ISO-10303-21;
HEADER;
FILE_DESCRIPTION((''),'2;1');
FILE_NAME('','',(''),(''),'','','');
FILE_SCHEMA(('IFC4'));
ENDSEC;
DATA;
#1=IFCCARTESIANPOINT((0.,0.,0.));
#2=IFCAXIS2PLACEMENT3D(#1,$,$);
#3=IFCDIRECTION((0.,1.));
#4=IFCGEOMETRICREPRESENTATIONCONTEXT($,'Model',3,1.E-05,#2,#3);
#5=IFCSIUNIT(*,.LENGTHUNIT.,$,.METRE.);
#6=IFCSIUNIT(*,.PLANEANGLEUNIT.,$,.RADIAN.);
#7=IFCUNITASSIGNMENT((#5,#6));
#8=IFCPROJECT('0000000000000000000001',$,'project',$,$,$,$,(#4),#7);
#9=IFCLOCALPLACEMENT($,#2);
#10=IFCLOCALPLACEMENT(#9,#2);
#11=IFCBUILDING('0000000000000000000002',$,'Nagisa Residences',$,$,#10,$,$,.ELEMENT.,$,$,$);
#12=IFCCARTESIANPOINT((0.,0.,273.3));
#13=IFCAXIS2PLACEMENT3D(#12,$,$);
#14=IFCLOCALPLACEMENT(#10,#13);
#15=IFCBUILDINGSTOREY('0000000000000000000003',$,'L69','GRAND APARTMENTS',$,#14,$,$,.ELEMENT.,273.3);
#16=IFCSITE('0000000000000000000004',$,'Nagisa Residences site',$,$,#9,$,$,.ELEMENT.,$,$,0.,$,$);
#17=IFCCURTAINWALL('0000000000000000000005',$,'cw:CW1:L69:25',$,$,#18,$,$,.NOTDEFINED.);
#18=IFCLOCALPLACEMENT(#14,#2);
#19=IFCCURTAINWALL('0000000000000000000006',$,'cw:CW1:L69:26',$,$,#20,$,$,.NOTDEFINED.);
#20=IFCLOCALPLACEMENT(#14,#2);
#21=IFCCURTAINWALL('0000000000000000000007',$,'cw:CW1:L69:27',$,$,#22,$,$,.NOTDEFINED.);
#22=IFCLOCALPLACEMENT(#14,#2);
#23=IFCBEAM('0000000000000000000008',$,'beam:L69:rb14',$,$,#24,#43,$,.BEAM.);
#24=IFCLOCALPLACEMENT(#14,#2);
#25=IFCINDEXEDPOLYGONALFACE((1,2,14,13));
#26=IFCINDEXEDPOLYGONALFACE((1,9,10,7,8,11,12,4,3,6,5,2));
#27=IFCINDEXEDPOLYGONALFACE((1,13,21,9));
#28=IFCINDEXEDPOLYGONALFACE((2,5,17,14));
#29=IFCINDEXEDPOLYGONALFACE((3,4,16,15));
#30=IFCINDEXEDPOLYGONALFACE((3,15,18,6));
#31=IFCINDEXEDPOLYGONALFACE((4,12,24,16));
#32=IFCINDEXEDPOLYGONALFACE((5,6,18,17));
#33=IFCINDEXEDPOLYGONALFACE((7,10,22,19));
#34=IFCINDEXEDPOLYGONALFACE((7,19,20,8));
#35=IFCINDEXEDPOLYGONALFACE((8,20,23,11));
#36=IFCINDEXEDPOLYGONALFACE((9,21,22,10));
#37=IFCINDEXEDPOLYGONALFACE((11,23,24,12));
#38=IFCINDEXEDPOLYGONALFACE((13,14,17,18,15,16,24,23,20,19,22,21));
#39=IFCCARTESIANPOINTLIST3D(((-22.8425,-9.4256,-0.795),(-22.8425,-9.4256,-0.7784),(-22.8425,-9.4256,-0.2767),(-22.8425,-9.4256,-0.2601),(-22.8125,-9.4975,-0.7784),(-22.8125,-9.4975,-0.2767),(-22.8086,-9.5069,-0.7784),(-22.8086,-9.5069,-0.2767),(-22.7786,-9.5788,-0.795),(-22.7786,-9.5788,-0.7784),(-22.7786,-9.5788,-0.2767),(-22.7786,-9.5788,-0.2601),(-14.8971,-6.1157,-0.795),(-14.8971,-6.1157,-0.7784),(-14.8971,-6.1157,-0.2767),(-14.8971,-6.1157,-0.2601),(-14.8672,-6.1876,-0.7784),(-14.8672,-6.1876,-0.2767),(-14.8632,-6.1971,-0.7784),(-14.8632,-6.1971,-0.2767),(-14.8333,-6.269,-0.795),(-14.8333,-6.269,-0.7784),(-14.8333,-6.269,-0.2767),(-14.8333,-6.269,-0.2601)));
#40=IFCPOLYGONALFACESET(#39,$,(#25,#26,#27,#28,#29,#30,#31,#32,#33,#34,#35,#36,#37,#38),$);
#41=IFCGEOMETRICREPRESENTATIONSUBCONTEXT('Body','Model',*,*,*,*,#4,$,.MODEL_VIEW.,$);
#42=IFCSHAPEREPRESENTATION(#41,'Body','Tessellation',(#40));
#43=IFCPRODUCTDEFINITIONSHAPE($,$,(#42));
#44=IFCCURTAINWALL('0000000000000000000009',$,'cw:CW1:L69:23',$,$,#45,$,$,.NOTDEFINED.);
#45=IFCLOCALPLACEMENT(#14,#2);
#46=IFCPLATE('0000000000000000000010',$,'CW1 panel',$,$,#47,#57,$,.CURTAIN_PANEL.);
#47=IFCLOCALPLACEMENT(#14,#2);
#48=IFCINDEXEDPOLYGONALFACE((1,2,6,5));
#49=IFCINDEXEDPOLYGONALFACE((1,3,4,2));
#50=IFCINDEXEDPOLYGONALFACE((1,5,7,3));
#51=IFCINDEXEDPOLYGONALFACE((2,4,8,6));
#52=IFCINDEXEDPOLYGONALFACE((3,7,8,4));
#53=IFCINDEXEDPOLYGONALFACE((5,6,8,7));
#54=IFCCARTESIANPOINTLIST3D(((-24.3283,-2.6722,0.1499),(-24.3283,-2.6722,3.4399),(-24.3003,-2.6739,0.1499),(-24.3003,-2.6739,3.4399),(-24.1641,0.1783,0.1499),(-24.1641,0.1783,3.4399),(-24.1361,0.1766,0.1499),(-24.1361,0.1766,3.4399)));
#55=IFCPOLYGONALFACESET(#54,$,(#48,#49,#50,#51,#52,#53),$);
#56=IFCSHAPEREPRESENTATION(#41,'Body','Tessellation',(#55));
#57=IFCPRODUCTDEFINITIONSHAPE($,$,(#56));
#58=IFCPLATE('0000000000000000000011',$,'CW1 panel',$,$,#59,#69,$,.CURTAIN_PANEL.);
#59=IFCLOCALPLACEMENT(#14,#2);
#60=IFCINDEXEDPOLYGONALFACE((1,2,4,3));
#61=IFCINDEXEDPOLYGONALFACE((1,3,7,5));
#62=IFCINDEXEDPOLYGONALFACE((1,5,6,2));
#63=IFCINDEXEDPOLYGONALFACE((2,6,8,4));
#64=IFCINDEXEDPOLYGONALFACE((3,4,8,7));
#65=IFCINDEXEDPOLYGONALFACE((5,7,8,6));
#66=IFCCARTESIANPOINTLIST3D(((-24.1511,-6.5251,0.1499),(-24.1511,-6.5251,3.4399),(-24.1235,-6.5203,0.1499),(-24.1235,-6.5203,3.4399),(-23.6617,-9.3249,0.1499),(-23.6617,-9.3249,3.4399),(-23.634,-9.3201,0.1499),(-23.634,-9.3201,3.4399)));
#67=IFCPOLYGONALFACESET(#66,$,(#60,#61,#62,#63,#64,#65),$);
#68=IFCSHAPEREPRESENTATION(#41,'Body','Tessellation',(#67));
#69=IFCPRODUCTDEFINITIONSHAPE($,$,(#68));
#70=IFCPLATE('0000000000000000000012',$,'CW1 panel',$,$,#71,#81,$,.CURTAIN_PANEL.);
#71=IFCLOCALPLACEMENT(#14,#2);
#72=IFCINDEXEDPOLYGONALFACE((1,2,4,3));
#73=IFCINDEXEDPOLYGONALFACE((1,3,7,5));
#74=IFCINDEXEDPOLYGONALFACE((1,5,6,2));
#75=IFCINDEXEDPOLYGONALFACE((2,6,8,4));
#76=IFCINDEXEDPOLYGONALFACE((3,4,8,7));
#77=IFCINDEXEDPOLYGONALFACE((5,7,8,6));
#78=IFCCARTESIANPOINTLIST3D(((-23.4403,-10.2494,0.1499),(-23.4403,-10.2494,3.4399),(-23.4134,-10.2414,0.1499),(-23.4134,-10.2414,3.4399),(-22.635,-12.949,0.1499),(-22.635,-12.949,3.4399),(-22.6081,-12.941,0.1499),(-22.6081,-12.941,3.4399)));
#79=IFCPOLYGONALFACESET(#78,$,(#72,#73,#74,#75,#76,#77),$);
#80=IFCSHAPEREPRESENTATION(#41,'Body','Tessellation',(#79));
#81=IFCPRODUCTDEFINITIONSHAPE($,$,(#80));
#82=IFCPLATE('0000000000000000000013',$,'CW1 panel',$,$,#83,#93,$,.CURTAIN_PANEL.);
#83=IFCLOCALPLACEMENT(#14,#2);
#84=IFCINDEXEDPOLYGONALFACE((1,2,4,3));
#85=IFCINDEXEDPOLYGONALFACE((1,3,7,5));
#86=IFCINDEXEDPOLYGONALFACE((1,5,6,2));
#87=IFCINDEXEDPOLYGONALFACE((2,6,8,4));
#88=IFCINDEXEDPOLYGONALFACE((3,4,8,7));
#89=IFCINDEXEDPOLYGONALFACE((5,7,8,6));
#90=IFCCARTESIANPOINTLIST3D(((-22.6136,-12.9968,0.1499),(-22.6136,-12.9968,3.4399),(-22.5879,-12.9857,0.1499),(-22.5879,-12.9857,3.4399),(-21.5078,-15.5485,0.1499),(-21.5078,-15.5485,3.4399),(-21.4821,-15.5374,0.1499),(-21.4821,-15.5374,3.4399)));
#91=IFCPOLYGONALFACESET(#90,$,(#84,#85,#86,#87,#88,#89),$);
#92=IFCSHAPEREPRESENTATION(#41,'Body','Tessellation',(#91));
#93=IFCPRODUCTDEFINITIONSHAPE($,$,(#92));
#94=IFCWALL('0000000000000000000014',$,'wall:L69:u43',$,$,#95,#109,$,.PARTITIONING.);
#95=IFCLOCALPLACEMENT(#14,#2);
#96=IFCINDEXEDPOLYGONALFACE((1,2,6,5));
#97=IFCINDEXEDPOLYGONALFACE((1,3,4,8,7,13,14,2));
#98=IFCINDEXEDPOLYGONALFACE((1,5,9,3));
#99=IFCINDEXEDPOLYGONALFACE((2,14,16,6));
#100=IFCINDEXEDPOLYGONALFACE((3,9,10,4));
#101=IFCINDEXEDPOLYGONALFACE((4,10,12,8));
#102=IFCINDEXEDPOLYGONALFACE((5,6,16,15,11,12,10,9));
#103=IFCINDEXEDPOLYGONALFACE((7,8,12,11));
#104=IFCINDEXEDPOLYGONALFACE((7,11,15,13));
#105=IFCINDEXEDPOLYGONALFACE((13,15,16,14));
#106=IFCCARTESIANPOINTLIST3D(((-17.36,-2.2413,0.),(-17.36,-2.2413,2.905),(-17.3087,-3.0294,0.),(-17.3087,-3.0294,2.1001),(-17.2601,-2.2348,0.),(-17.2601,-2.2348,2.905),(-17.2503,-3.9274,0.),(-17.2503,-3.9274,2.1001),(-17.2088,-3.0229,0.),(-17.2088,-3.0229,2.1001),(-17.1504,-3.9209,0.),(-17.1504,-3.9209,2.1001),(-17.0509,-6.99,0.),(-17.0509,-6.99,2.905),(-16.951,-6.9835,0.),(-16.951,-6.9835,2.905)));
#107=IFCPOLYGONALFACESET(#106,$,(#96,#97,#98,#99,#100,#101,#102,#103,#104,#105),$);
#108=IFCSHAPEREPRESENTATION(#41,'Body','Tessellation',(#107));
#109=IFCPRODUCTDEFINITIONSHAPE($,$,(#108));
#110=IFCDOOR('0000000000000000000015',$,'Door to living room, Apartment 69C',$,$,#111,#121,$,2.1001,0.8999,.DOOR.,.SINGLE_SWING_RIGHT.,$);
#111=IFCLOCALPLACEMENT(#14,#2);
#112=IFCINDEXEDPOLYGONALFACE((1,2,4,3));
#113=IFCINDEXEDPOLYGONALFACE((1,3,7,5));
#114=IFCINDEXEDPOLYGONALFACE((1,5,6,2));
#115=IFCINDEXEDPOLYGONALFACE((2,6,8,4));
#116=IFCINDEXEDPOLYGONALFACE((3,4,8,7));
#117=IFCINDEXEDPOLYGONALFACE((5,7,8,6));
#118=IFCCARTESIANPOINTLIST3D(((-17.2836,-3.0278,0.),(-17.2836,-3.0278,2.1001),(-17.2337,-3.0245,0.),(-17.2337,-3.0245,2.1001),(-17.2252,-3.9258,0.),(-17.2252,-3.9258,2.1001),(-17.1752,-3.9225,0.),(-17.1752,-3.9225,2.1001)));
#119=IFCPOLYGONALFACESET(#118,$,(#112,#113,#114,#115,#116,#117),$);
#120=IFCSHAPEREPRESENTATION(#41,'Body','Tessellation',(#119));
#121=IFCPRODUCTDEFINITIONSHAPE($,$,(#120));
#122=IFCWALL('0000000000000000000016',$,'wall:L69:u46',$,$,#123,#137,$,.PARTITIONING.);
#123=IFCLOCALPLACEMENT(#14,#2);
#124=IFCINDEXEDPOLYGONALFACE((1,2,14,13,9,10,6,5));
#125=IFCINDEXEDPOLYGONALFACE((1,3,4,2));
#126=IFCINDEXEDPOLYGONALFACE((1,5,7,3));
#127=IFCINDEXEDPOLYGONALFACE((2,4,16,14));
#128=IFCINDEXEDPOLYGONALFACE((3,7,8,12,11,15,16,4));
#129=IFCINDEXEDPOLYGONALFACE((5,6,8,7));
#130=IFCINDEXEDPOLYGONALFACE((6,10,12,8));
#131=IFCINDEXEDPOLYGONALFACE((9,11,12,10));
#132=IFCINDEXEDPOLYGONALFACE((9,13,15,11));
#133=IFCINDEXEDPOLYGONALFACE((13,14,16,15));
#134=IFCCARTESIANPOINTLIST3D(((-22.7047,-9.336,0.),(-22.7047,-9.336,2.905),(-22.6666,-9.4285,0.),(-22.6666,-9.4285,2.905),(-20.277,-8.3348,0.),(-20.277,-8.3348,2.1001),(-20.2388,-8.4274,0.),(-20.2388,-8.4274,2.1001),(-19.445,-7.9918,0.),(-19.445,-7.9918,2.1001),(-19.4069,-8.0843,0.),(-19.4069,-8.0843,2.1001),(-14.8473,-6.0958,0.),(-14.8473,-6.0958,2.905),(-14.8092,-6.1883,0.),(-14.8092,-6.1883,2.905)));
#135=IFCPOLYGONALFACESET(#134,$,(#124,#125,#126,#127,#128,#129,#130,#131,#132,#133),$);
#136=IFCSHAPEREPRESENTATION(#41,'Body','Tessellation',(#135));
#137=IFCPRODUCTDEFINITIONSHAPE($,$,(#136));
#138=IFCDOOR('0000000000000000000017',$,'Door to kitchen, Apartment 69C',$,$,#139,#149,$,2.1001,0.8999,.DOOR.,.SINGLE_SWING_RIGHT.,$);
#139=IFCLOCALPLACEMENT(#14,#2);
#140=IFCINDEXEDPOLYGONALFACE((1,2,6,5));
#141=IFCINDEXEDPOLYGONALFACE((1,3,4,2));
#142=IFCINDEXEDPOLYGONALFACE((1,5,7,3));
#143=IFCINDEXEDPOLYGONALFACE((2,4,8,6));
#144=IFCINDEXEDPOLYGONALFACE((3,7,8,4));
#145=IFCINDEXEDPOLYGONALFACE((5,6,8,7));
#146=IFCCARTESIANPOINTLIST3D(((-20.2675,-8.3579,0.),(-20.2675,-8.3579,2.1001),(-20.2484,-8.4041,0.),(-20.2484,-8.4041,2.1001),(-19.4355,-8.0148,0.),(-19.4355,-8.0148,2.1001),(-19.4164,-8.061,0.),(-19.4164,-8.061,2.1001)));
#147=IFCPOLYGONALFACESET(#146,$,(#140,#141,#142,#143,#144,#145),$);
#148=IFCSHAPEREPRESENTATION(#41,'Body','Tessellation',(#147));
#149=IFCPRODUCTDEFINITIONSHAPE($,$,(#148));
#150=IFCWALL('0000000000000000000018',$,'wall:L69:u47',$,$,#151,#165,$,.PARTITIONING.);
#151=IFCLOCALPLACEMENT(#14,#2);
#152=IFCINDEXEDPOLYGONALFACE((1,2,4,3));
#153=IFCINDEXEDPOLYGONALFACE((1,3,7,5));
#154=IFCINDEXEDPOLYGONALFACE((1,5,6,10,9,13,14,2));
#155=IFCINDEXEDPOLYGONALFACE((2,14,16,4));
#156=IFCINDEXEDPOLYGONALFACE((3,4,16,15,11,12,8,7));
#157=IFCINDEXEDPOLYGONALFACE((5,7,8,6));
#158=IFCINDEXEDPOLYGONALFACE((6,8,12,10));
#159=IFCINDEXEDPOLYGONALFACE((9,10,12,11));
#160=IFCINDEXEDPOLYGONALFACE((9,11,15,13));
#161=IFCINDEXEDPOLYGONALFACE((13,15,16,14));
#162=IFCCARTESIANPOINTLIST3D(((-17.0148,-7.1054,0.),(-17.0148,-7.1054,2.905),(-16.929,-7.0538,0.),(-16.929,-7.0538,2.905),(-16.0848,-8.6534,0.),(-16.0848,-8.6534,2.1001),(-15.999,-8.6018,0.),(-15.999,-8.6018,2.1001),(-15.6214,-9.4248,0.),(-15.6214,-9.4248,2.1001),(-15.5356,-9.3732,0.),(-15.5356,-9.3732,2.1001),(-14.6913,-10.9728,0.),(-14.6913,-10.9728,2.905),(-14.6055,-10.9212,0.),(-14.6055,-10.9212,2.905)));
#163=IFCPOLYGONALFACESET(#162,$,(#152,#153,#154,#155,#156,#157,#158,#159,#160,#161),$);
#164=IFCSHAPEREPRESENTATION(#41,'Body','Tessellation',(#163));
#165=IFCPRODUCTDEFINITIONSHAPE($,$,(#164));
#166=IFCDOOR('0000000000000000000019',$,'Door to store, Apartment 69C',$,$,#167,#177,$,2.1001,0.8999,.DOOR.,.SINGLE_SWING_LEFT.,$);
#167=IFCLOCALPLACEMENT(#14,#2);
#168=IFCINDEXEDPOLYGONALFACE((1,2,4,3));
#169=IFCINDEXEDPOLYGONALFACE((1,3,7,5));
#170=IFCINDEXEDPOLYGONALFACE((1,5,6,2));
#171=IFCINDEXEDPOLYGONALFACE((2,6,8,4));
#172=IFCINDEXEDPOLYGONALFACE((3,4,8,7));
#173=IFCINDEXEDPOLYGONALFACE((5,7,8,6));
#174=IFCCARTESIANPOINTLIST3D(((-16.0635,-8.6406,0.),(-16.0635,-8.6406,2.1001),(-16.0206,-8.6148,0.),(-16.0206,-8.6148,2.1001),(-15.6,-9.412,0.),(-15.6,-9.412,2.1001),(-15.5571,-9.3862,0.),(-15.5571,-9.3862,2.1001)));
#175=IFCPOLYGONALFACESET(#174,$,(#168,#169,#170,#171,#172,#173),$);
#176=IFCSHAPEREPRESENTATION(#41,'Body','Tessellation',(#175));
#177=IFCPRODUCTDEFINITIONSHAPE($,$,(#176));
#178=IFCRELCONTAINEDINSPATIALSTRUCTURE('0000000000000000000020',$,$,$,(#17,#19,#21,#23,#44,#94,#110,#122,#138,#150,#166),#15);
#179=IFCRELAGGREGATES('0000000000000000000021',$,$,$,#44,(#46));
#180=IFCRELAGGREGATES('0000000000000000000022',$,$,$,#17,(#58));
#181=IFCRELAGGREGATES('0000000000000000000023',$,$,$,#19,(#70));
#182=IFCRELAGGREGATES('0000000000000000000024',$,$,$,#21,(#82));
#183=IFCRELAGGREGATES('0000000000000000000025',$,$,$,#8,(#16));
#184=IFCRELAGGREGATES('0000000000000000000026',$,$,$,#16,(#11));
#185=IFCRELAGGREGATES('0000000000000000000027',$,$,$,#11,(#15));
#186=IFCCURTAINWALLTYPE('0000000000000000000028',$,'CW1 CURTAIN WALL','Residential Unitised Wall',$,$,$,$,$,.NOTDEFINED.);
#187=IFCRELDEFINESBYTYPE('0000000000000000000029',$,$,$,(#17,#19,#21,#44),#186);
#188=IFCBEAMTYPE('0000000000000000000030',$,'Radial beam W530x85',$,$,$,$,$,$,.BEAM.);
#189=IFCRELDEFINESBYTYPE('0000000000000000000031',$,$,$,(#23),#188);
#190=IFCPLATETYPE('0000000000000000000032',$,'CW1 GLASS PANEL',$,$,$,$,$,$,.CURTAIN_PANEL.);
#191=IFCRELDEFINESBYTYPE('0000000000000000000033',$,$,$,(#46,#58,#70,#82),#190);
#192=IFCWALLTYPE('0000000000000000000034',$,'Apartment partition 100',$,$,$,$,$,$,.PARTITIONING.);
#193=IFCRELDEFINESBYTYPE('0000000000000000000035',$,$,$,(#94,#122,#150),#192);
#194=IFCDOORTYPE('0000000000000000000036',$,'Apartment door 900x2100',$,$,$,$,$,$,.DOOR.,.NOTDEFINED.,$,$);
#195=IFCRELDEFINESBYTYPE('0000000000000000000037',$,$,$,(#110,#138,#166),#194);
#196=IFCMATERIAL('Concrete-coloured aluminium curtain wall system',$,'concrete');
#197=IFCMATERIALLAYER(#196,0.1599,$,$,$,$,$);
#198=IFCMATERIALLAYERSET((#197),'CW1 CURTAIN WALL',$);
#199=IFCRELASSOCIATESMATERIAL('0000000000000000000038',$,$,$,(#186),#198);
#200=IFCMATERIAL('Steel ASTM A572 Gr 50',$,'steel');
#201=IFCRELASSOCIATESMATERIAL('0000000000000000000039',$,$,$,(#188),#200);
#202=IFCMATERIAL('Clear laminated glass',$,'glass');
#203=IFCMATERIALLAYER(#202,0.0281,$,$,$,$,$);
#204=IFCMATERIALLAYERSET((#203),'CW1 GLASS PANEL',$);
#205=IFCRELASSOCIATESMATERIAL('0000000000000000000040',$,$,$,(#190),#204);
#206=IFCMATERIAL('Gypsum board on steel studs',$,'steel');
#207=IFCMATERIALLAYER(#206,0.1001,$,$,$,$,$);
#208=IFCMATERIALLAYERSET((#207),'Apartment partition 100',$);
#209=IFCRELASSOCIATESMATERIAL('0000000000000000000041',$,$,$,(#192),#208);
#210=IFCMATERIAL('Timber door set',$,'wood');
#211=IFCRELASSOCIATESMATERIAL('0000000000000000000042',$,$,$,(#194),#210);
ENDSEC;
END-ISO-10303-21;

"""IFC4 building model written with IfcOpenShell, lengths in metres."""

from ifc_helpers import new_model, si_unit, direction, frame, frame_2d, origin, origin_2d, place, context, subcontext, project, spatial, rectangle, i_section, extrude, material, layer, layer_set, material_profile, profile_set, type_object, element, fill, aggregate, save


model = new_model("IFC4")

# Units and contexts
model_context = context("Model", 3, precision=1e-05, world=origin(), true_north=direction((0.0, 1.0)))
body_context = subcontext(model_context, "Body", "Model", "MODEL_VIEW")
ifc_project = project(units=[si_unit("LENGTHUNIT", "METRE"), si_unit("PLANEANGLEUNIT", "RADIAN")], contexts=[model_context])

# Site, building, storey
site_placement = place(None, origin())
site = spatial("IfcSite", under=ifc_project, at=site_placement, Name="Nagisa Residences site", CompositionType="ELEMENT", RefElevation=0.0)
building_placement = place(site_placement, origin())
building = spatial("IfcBuilding", under=site, at=building_placement, Name="Nagisa Residences", CompositionType="ELEMENT")
storey_placement = place(building_placement, frame((0.0, 0.0, 273.3)))
storey = spatial("IfcBuildingStorey", under=building, at=storey_placement, Name="L69", Description="GRAND APARTMENTS", CompositionType="ELEMENT", Elevation=273.3)

# Curtain walls
ifc_material_1 = material(Name="Concrete-coloured aluminium curtain wall system", Category="concrete")
ifc_layer_1 = layer(ifc_material_1, 0.1599)
ifc_layer_set_1 = layer_set([ifc_layer_1], Name="CW1 CURTAIN WALL")
curtain_wall_type = type_object("IfcCurtainWallType", Name="CW1 CURTAIN WALL", Description="Residential Unitised Wall", PredefinedType="NOTDEFINED", material=ifc_layer_set_1)
curtain_wall_1_placement = place(storey_placement, origin())
curtain_wall_1 = element("IfcCurtainWall", 1, at=curtain_wall_1_placement, inside=storey, type_object=curtain_wall_type, Name="cw:CW1:L69:25", PredefinedType="NOTDEFINED")
curtain_wall_2_placement = place(storey_placement, origin())
curtain_wall_2 = element("IfcCurtainWall", 2, at=curtain_wall_2_placement, inside=storey, type_object=curtain_wall_type, Name="cw:CW1:L69:26", PredefinedType="NOTDEFINED")
curtain_wall_3_placement = place(storey_placement, origin())
curtain_wall_3 = element("IfcCurtainWall", 3, at=curtain_wall_3_placement, inside=storey, type_object=curtain_wall_type, Name="cw:CW1:L69:27", PredefinedType="NOTDEFINED")

# Beam
ifc_material_2 = material(Name="Steel ASTM A572 Gr 50", Category="steel")
ifc_material_profile_1 = material_profile(ifc_material_2, i_section(OverallWidth=0.166, OverallDepth=0.5349, WebThickness=0.0103, FlangeThickness=0.0166, at=origin_2d()), Name="W530x85")
ifc_profile_set_1 = profile_set([ifc_material_profile_1], Name="Steel ASTM A572 Gr 50")
beam_type_1 = type_object("IfcBeamType", Name="Radial beam W530x85", PredefinedType="BEAM", material=ifc_profile_set_1)
beam_1_placement = place(storey_placement, frame((-22.8105, -9.5022, -0.5276), z_axis=(0.923107, 0.384543, 0.0), x_axis=(-0.384543, 0.923107, 0.0)))
element("IfcBeam", 4, at=beam_1_placement, inside=storey, type_object=beam_type_1, Name="beam:L69:rb14", PredefinedType="BEAM", context=body_context, shape_type="SweptSolid", body=[
    extrude(i_section(OverallWidth=0.166, OverallDepth=0.5349, WebThickness=0.0103, FlangeThickness=0.0166, at=origin_2d()), origin(), (0.0, 0.0, 1.0), 8.6072),
])

# Curtain wall, plate
curtain_wall_4_placement = place(storey_placement, origin())
curtain_wall_4 = element("IfcCurtainWall", 5, at=curtain_wall_4_placement, inside=storey, type_object=curtain_wall_type, Name="cw:CW1:L69:23", PredefinedType="NOTDEFINED")
ifc_material_3 = material(Name="Clear laminated glass", Category="glass")
ifc_layer_2 = layer(ifc_material_3, 0.0281)
ifc_layer_set_2 = layer_set([ifc_layer_2], Name="CW1 GLASS PANEL")
plate_type = type_object("IfcPlateType", Name="CW1 GLASS PANEL", PredefinedType="CURTAIN_PANEL", material=ifc_layer_set_2)
plate_1_placement = place(storey_placement, frame((-24.2322, -1.2478, 0.1499), z_axis=(0.0, 0.0, 1.0), x_axis=(-0.057503, -0.998345, 0.0)))
plate_1 = element("IfcPlate", 6, at=plate_1_placement, type_object=plate_type, Name="CW1 panel", PredefinedType="CURTAIN_PANEL", context=body_context, shape_type="SweptSolid", body=[
    extrude(rectangle(XDim=2.8552, YDim=0.0281, at=origin_2d()), origin(), (0.0, 0.0, 1.0), 3.29),
])
aggregate(curtain_wall_4, [plate_1])

# Plates
plate_2_placement = place(storey_placement, frame((-23.8926, -7.9226, 0.1499), z_axis=(0.0, 0.0, 1.0), x_axis=(0.172191, -0.985064, 0.0)))
plate_2 = element("IfcPlate", 7, at=plate_2_placement, type_object=plate_type, Name="CW1 panel", PredefinedType="CURTAIN_PANEL", context=body_context, shape_type="SweptSolid", body=[
    extrude(rectangle(XDim=2.8423, YDim=0.0281, at=origin_2d()), origin(), (0.0, 0.0, 1.0), 3.29),
])
aggregate(curtain_wall_1, [plate_2])
plate_3_placement = place(storey_placement, frame((-23.0242, -11.5952, 0.1499), z_axis=(0.0, 0.0, 1.0), x_axis=(0.28586, -0.958271, 0.0)))
plate_3 = element("IfcPlate", 8, at=plate_3_placement, type_object=plate_type, Name="CW1 panel", PredefinedType="CURTAIN_PANEL", context=body_context, shape_type="SweptSolid", body=[
    extrude(rectangle(XDim=2.8171, YDim=0.0281, at=origin_2d()), origin(), (0.0, 0.0, 1.0), 3.29),
])
aggregate(curtain_wall_2, [plate_3])
plate_4_placement = place(storey_placement, frame((-22.0479, -14.2671, 0.1499), z_axis=(0.0, 0.0, 1.0), x_axis=(0.397636, -0.917543, 0.0)))
plate_4 = element("IfcPlate", 9, at=plate_4_placement, type_object=plate_type, Name="CW1 panel", PredefinedType="CURTAIN_PANEL", context=body_context, shape_type="SweptSolid", body=[
    extrude(rectangle(XDim=2.781, YDim=0.0281, at=origin_2d()), origin(), (0.0, 0.0, 1.0), 3.29),
])
aggregate(curtain_wall_3, [plate_4])

# Walls, openings, doors
ifc_material_4 = material(Name="Gypsum board on steel studs", Category="steel")
ifc_layer_3 = layer(ifc_material_4, 0.1001)
ifc_layer_set_3 = layer_set([ifc_layer_3], Name="Apartment partition 100")
wall_type_1 = type_object("IfcWallType", Name="Apartment partition 100", PredefinedType="PARTITIONING", material=ifc_layer_set_3)
wall_1_placement = place(storey_placement, frame((-17.3101, -2.238, 0.0), z_axis=(0.0, 0.0, 1.0), x_axis=(0.064949, -0.997889, 0.0)))
wall_1 = element("IfcWall", 10, at=wall_1_placement, inside=storey, type_object=wall_type_1, Name="wall:L69:u43", PredefinedType="PARTITIONING", context=body_context, shape_type="SweptSolid", body=[
    extrude(rectangle(XDim=4.7588, YDim=0.1001, at=frame_2d((2.3794, 0.0))), origin(), (0.0, 0.0, 1.0), 2.905),
])
opening_1_placement = place(wall_1_placement, frame((0.7898, 0.0, 0.0)))
opening_1 = element("IfcOpeningElement", 11, at=opening_1_placement, cuts=wall_1, PredefinedType="OPENING", context=body_context, shape_type="SweptSolid", body=[
    extrude(rectangle(XDim=0.8999, YDim=2.1001, at=frame_2d((0.45, 1.05))), frame((0.0, 0.0601, 0.0), z_axis=(0.0, -1.0, 0.0), x_axis=(1.0, 0.0, 0.0)), (0.0, 0.0, 1.0), 0.1201),
])
ifc_material_5 = material(Name="Timber door set", Category="wood")
door_type_1 = type_object("IfcDoorType", Name="Apartment door 900x2100", OperationType="NOTDEFINED", PredefinedType="DOOR", material=ifc_material_5)
door_1_placement = place(opening_1_placement, frame((0.8999, 0.0, 0.0), x_axis=(-1.0, 0.0, 0.0)))
door_1 = element("IfcDoor", 12, at=door_1_placement, inside=storey, type_object=door_type_1, Name="Door to living room, Apartment 69C", OperationType="SINGLE_SWING_RIGHT", OverallHeight=2.1001, OverallWidth=0.8999, PredefinedType="DOOR", context=body_context, shape_type="SweptSolid", body=[
    extrude(rectangle(XDim=0.8999, YDim=2.1001, at=frame_2d((0.45, 1.05))), frame((0.0, 0.0249, 0.0), z_axis=(0.0, -1.0, 0.0), x_axis=(1.0, 0.0, 0.0)), (0.0, 0.0, 1.0), 0.05),
])
fill(opening_1, door_1)
wall_2_placement = place(storey_placement, frame((-14.8284, -6.1421, 0.0), z_axis=(0.0, 0.0, 1.0), x_axis=(-0.924478, -0.381235, 0.0)))
wall_2 = element("IfcWall", 13, at=wall_2_placement, inside=storey, type_object=wall_type_1, Name="wall:L69:u46", PredefinedType="PARTITIONING", context=body_context, shape_type="SweptSolid", body=[
    extrude(rectangle(XDim=8.4993, YDim=0.1001, at=frame_2d((4.2495, 0.0))), origin(), (0.0, 0.0, 1.0), 2.905),
])
opening_2_placement = place(wall_2_placement, frame((4.9731, 0.0, 0.0)))
opening_2 = element("IfcOpeningElement", 14, at=opening_2_placement, cuts=wall_2, PredefinedType="OPENING", context=body_context, shape_type="SweptSolid", body=[
    extrude(rectangle(XDim=0.8999, YDim=2.1001, at=frame_2d((0.45, 1.05))), frame((0.0, 0.0601, 0.0), z_axis=(0.0, -1.0, 0.0), x_axis=(1.0, 0.0, 0.0)), (0.0, 0.0, 1.0), 0.1201),
])
door_2_placement = place(opening_2_placement, origin())
door_2 = element("IfcDoor", 15, at=door_2_placement, inside=storey, type_object=door_type_1, Name="Door to kitchen, Apartment 69C", OperationType="SINGLE_SWING_RIGHT", OverallHeight=2.1001, OverallWidth=0.8999, PredefinedType="DOOR", context=body_context, shape_type="SweptSolid", body=[
    extrude(rectangle(XDim=0.8999, YDim=2.1001, at=frame_2d((0.45, 1.05))), frame((0.0, 0.0249, 0.0), z_axis=(0.0, -1.0, 0.0), x_axis=(1.0, 0.0, 0.0)), (0.0, 0.0, 1.0), 0.05),
])
fill(opening_2, door_2)
wall_3_placement = place(storey_placement, frame((-16.9719, -7.0796, 0.0), z_axis=(0.0, 0.0, 1.0), x_axis=(0.514989, -0.857197, 0.0)))
wall_3 = element("IfcWall", 16, at=wall_3_placement, inside=storey, type_object=wall_type_1, Name="wall:L69:u47", PredefinedType="PARTITIONING", context=body_context, shape_type="SweptSolid", body=[
    extrude(rectangle(XDim=4.5117, YDim=0.1001, at=frame_2d((2.2559, 0.0))), origin(), (0.0, 0.0, 1.0), 2.905),
])
opening_3_placement = place(wall_3_placement, frame((1.8059, 0.0, 0.0)))
opening_3 = element("IfcOpeningElement", 17, at=opening_3_placement, cuts=wall_3, PredefinedType="OPENING", context=body_context, shape_type="SweptSolid", body=[
    extrude(rectangle(XDim=0.8999, YDim=2.1001, at=frame_2d((0.45, 1.05))), frame((0.0, 0.0601, 0.0), z_axis=(0.0, -1.0, 0.0), x_axis=(1.0, 0.0, 0.0)), (0.0, 0.0, 1.0), 0.1201),
])
door_3_placement = place(opening_3_placement, origin())
door_3 = element("IfcDoor", 18, at=door_3_placement, inside=storey, type_object=door_type_1, Name="Door to store, Apartment 69C", OperationType="SINGLE_SWING_LEFT", OverallHeight=2.1001, OverallWidth=0.8999, PredefinedType="DOOR", context=body_context, shape_type="SweptSolid", body=[
    extrude(rectangle(XDim=0.8999, YDim=2.1001, at=frame_2d((0.45, 1.05))), frame((0.0, 0.0249, 0.0), z_axis=(0.0, -1.0, 0.0), x_axis=(1.0, 0.0, 0.0)), (0.0, 0.0, 1.0), 0.05),
])
fill(opening_3, door_3)

save(model, "model.ifc")
